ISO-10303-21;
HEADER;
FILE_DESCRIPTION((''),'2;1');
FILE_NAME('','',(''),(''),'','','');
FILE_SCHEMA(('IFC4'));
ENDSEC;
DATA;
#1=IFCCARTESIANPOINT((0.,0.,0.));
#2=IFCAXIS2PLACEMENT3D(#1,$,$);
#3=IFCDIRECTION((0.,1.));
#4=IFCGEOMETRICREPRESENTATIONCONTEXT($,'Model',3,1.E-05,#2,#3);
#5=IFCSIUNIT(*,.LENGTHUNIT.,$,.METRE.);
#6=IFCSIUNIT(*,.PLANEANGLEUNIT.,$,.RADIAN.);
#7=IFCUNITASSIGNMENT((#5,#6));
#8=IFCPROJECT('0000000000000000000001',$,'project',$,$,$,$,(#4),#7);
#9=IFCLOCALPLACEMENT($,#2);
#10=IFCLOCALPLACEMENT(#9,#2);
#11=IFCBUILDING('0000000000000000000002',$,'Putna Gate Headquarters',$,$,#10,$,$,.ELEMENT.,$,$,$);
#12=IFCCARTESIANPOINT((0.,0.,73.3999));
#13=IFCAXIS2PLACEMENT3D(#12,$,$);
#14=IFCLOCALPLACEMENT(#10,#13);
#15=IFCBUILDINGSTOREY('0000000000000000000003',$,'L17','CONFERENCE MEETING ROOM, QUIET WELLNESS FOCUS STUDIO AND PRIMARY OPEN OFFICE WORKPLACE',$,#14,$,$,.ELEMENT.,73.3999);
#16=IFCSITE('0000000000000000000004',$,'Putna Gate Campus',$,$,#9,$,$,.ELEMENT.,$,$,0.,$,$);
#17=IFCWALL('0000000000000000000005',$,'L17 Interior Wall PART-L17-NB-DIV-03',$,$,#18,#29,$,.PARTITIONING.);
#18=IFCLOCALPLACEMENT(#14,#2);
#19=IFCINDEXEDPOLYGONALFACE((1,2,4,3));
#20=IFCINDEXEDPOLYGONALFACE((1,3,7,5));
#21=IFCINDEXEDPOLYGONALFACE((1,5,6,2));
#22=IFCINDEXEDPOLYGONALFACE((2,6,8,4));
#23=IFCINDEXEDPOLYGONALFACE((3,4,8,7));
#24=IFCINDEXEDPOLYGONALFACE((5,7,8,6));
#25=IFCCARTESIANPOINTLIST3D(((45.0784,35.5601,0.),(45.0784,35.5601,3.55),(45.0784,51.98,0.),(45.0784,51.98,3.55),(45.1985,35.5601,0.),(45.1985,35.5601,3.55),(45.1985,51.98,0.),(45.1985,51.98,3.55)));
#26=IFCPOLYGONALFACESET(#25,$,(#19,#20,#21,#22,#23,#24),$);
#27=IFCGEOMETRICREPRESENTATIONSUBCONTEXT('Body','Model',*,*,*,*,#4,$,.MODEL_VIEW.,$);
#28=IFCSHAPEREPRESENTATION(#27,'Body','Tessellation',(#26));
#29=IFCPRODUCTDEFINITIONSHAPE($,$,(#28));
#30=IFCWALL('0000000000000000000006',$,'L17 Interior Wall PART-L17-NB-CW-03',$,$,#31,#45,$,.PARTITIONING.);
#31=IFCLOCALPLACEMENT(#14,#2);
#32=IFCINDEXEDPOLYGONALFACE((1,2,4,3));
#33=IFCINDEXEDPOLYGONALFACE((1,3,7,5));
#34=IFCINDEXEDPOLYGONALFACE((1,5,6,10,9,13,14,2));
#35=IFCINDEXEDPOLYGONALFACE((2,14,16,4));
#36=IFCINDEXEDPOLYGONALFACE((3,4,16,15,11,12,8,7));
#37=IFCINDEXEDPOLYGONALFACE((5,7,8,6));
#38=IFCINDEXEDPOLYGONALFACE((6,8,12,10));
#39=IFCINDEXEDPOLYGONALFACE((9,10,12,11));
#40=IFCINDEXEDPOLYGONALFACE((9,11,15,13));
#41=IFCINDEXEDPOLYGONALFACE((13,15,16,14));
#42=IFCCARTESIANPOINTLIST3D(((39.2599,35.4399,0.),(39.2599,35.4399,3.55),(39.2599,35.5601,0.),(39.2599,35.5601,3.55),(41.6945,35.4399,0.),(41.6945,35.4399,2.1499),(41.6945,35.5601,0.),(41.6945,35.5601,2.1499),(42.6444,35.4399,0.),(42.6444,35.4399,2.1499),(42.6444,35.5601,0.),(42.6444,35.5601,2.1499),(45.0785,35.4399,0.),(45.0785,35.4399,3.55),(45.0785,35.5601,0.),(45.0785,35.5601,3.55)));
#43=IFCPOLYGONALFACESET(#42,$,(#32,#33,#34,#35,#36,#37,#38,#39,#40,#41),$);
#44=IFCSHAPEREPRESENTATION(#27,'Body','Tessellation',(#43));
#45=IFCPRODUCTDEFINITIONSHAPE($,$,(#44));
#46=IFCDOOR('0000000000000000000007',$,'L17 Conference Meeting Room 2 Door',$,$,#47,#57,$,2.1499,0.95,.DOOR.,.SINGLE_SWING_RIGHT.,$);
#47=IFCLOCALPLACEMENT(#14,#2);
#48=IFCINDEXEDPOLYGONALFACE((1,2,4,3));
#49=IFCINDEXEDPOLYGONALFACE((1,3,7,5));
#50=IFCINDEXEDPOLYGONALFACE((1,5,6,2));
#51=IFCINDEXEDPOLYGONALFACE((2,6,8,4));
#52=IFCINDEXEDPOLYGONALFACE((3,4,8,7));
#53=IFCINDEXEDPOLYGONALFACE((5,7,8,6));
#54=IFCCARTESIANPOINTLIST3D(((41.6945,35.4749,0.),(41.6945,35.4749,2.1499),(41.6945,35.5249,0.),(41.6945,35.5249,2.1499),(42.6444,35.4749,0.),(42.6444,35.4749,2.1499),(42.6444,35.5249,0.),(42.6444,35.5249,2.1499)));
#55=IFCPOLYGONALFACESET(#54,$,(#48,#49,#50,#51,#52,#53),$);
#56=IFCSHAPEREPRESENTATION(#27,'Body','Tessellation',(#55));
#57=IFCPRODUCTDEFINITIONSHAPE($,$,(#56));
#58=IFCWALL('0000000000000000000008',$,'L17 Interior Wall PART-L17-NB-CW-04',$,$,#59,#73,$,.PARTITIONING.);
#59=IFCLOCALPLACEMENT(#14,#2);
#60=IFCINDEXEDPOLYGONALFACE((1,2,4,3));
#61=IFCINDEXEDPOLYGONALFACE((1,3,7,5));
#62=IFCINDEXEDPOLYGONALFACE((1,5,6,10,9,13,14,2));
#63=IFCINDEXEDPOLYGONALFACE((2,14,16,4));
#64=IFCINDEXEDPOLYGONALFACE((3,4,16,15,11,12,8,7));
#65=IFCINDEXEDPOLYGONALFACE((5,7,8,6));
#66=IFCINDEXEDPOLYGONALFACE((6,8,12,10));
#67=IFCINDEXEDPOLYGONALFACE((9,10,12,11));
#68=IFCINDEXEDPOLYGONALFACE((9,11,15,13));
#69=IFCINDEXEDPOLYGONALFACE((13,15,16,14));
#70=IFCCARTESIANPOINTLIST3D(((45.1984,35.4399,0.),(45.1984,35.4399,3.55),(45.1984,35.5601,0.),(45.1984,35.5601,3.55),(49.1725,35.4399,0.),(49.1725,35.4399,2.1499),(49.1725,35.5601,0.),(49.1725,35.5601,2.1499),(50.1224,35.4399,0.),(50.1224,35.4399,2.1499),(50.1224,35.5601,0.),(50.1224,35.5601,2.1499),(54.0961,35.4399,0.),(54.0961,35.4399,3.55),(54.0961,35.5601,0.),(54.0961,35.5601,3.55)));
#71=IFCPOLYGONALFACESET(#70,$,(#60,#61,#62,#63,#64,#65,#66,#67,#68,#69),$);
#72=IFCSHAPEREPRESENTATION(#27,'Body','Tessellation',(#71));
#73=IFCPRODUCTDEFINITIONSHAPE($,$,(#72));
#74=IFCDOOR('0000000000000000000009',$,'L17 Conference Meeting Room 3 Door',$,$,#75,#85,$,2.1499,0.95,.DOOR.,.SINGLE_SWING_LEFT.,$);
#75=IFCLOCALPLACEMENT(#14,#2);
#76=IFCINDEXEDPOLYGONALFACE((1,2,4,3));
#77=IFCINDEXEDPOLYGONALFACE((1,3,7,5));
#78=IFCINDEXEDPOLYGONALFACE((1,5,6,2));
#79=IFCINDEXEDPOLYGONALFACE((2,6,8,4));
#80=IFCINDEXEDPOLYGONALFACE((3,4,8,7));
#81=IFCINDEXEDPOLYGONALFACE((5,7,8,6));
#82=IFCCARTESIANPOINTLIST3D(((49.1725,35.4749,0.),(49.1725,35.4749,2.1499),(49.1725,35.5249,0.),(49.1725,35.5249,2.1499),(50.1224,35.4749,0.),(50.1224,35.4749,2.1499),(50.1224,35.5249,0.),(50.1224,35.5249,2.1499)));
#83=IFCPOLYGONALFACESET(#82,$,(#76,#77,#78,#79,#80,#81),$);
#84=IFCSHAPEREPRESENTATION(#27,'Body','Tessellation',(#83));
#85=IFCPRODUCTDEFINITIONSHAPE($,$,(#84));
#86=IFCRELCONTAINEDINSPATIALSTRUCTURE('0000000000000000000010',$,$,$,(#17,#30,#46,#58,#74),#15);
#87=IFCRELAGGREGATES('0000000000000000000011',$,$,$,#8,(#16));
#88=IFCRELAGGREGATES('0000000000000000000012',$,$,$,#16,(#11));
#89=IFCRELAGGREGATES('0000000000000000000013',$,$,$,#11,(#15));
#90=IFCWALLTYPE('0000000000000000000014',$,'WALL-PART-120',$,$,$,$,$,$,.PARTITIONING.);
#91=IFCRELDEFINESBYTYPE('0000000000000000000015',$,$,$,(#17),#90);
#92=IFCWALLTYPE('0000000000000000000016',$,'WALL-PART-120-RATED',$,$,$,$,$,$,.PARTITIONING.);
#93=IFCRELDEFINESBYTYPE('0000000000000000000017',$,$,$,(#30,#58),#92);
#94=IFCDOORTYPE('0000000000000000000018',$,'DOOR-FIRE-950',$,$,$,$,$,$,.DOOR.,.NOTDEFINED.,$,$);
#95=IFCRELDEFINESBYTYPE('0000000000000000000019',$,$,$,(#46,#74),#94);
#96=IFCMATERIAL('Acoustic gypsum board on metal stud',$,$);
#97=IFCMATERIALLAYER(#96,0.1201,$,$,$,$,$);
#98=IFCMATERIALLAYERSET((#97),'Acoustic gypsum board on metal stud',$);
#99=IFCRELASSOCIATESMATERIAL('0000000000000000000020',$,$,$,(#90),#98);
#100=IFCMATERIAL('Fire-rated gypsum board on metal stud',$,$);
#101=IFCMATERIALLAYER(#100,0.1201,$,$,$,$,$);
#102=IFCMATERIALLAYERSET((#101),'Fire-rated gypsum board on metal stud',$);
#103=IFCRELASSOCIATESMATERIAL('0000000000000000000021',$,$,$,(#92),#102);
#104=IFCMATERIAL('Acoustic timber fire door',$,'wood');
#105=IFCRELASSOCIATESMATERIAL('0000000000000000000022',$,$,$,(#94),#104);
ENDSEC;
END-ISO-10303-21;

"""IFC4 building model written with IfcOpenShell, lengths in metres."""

from ifc_helpers import new_model, si_unit, direction, frame, frame_2d, origin, place, context, subcontext, project, spatial, rectangle, extrude, material, layer, layer_set, type_object, element, fill, save


model = new_model("IFC4")

# Units and contexts
model_context = context("Model", 3, precision=1e-05, world=origin(), true_north=direction((0.0, 1.0)))
body_context = subcontext(model_context, "Body", "Model", "MODEL_VIEW")
ifc_project = project(units=[si_unit("LENGTHUNIT", "METRE"), si_unit("PLANEANGLEUNIT", "RADIAN")], contexts=[model_context])

# Site, building, storey
site_placement = place(None, origin())
site = spatial("IfcSite", under=ifc_project, at=site_placement, Name="Putna Gate Campus", CompositionType="ELEMENT", RefElevation=0.0)
building_placement = place(site_placement, origin())
building = spatial("IfcBuilding", under=site, at=building_placement, Name="Putna Gate Headquarters", CompositionType="ELEMENT")
storey_placement = place(building_placement, frame((0.0, 0.0, 73.3999)))
storey = spatial("IfcBuildingStorey", under=building, at=storey_placement, Name="L17", Description="CONFERENCE MEETING ROOM, QUIET WELLNESS FOCUS STUDIO AND PRIMARY OPEN OFFICE WORKPLACE", CompositionType="ELEMENT", Elevation=73.3999)

# Wall
ifc_material_1 = material(Name="Acoustic gypsum board on metal stud")
ifc_layer_1 = layer(ifc_material_1, 0.1201)
ifc_layer_set_1 = layer_set([ifc_layer_1], Name="Acoustic gypsum board on metal stud")
wall_type_1 = type_object("IfcWallType", Name="WALL-PART-120", PredefinedType="PARTITIONING", material=ifc_layer_set_1)
wall_1_placement = place(storey_placement, frame((45.1384, 35.5601, 0.0), z_axis=(0.0, 0.0, 1.0), x_axis=(0.0, 1.0, 0.0)))
element("IfcWall", 1, at=wall_1_placement, inside=storey, type_object=wall_type_1, Name="L17 Interior Wall PART-L17-NB-DIV-03", PredefinedType="PARTITIONING", context=body_context, shape_type="SweptSolid", body=[
    extrude(rectangle(XDim=16.4199, YDim=0.1201, at=frame_2d((8.21, 0.0))), origin(), (0.0, 0.0, 1.0), 3.55),
])

# Walls, openings, doors
ifc_material_2 = material(Name="Fire-rated gypsum board on metal stud")
ifc_layer_2 = layer(ifc_material_2, 0.1201)
ifc_layer_set_2 = layer_set([ifc_layer_2], Name="Fire-rated gypsum board on metal stud")
wall_type_2 = type_object("IfcWallType", Name="WALL-PART-120-RATED", PredefinedType="PARTITIONING", material=ifc_layer_set_2)
wall_2_placement = place(storey_placement, frame((39.26, 35.5, 0.0), z_axis=(0.0, 0.0, 1.0), x_axis=(1.0, 0.0, 0.0)))
wall_2 = element("IfcWall", 2, at=wall_2_placement, inside=storey, type_object=wall_type_2, Name="L17 Interior Wall PART-L17-NB-CW-03", PredefinedType="PARTITIONING", context=body_context, shape_type="SweptSolid", body=[
    extrude(rectangle(XDim=5.8186, YDim=0.1201, at=frame_2d((2.9092, 0.0))), origin(), (0.0, 0.0, 1.0), 3.55),
])
opening_1_placement = place(wall_2_placement, frame((2.4343, 0.0, 0.0)))
opening_1 = element("IfcOpeningElement", 3, at=opening_1_placement, cuts=wall_2, PredefinedType="OPENING", context=body_context, shape_type="SweptSolid", body=[
    extrude(rectangle(XDim=0.95, YDim=2.1499, at=frame_2d((0.4751, 1.075))), frame((0.0, 0.0701, 0.0), z_axis=(0.0, -1.0, 0.0), x_axis=(1.0, 0.0, 0.0)), (0.0, 0.0, 1.0), 0.1401),
])
ifc_material_3 = material(Name="Acoustic timber fire door", Category="wood")
door_type = type_object("IfcDoorType", Name="DOOR-FIRE-950", OperationType="NOTDEFINED", PredefinedType="DOOR", material=ifc_material_3)
door_1_placement = place(opening_1_placement, origin())
door_1 = element("IfcDoor", 4, at=door_1_placement, inside=storey, type_object=door_type, Name="L17 Conference Meeting Room 2 Door", OperationType="SINGLE_SWING_RIGHT", OverallHeight=2.1499, OverallWidth=0.95, PredefinedType="DOOR", context=body_context, shape_type="SweptSolid", body=[
    extrude(rectangle(XDim=0.95, YDim=2.1499, at=frame_2d((0.4751, 1.075))), frame((0.0, 0.0249, 0.0), z_axis=(0.0, -1.0, 0.0), x_axis=(1.0, 0.0, 0.0)), (0.0, 0.0, 1.0), 0.05),
])
fill(opening_1, door_1)
wall_3_placement = place(storey_placement, frame((45.1985, 35.5, 0.0), z_axis=(0.0, 0.0, 1.0), x_axis=(1.0, 0.0, 0.0)))
wall_3 = element("IfcWall", 5, at=wall_3_placement, inside=storey, type_object=wall_type_2, Name="L17 Interior Wall PART-L17-NB-CW-04", PredefinedType="PARTITIONING", context=body_context, shape_type="SweptSolid", body=[
    extrude(rectangle(XDim=8.8977, YDim=0.1201, at=frame_2d((4.4487, 0.0))), origin(), (0.0, 0.0, 1.0), 3.55),
])
opening_2_placement = place(wall_3_placement, frame((3.9739, 0.0, 0.0)))
opening_2 = element("IfcOpeningElement", 6, at=opening_2_placement, cuts=wall_3, PredefinedType="OPENING", context=body_context, shape_type="SweptSolid", body=[
    extrude(rectangle(XDim=0.95, YDim=2.1499, at=frame_2d((0.4751, 1.075))), frame((0.0, 0.0701, 0.0), z_axis=(0.0, -1.0, 0.0), x_axis=(1.0, 0.0, 0.0)), (0.0, 0.0, 1.0), 0.1401),
])
door_2_placement = place(opening_2_placement, origin())
door_2 = element("IfcDoor", 7, at=door_2_placement, inside=storey, type_object=door_type, Name="L17 Conference Meeting Room 3 Door", OperationType="SINGLE_SWING_LEFT", OverallHeight=2.1499, OverallWidth=0.95, PredefinedType="DOOR", context=body_context, shape_type="SweptSolid", body=[
    extrude(rectangle(XDim=0.95, YDim=2.1499, at=frame_2d((0.4751, 1.075))), frame((0.0, 0.0249, 0.0), z_axis=(0.0, -1.0, 0.0), x_axis=(1.0, 0.0, 0.0)), (0.0, 0.0, 1.0), 0.05),
])
fill(opening_2, door_2)

save(model, "model.ifc")
